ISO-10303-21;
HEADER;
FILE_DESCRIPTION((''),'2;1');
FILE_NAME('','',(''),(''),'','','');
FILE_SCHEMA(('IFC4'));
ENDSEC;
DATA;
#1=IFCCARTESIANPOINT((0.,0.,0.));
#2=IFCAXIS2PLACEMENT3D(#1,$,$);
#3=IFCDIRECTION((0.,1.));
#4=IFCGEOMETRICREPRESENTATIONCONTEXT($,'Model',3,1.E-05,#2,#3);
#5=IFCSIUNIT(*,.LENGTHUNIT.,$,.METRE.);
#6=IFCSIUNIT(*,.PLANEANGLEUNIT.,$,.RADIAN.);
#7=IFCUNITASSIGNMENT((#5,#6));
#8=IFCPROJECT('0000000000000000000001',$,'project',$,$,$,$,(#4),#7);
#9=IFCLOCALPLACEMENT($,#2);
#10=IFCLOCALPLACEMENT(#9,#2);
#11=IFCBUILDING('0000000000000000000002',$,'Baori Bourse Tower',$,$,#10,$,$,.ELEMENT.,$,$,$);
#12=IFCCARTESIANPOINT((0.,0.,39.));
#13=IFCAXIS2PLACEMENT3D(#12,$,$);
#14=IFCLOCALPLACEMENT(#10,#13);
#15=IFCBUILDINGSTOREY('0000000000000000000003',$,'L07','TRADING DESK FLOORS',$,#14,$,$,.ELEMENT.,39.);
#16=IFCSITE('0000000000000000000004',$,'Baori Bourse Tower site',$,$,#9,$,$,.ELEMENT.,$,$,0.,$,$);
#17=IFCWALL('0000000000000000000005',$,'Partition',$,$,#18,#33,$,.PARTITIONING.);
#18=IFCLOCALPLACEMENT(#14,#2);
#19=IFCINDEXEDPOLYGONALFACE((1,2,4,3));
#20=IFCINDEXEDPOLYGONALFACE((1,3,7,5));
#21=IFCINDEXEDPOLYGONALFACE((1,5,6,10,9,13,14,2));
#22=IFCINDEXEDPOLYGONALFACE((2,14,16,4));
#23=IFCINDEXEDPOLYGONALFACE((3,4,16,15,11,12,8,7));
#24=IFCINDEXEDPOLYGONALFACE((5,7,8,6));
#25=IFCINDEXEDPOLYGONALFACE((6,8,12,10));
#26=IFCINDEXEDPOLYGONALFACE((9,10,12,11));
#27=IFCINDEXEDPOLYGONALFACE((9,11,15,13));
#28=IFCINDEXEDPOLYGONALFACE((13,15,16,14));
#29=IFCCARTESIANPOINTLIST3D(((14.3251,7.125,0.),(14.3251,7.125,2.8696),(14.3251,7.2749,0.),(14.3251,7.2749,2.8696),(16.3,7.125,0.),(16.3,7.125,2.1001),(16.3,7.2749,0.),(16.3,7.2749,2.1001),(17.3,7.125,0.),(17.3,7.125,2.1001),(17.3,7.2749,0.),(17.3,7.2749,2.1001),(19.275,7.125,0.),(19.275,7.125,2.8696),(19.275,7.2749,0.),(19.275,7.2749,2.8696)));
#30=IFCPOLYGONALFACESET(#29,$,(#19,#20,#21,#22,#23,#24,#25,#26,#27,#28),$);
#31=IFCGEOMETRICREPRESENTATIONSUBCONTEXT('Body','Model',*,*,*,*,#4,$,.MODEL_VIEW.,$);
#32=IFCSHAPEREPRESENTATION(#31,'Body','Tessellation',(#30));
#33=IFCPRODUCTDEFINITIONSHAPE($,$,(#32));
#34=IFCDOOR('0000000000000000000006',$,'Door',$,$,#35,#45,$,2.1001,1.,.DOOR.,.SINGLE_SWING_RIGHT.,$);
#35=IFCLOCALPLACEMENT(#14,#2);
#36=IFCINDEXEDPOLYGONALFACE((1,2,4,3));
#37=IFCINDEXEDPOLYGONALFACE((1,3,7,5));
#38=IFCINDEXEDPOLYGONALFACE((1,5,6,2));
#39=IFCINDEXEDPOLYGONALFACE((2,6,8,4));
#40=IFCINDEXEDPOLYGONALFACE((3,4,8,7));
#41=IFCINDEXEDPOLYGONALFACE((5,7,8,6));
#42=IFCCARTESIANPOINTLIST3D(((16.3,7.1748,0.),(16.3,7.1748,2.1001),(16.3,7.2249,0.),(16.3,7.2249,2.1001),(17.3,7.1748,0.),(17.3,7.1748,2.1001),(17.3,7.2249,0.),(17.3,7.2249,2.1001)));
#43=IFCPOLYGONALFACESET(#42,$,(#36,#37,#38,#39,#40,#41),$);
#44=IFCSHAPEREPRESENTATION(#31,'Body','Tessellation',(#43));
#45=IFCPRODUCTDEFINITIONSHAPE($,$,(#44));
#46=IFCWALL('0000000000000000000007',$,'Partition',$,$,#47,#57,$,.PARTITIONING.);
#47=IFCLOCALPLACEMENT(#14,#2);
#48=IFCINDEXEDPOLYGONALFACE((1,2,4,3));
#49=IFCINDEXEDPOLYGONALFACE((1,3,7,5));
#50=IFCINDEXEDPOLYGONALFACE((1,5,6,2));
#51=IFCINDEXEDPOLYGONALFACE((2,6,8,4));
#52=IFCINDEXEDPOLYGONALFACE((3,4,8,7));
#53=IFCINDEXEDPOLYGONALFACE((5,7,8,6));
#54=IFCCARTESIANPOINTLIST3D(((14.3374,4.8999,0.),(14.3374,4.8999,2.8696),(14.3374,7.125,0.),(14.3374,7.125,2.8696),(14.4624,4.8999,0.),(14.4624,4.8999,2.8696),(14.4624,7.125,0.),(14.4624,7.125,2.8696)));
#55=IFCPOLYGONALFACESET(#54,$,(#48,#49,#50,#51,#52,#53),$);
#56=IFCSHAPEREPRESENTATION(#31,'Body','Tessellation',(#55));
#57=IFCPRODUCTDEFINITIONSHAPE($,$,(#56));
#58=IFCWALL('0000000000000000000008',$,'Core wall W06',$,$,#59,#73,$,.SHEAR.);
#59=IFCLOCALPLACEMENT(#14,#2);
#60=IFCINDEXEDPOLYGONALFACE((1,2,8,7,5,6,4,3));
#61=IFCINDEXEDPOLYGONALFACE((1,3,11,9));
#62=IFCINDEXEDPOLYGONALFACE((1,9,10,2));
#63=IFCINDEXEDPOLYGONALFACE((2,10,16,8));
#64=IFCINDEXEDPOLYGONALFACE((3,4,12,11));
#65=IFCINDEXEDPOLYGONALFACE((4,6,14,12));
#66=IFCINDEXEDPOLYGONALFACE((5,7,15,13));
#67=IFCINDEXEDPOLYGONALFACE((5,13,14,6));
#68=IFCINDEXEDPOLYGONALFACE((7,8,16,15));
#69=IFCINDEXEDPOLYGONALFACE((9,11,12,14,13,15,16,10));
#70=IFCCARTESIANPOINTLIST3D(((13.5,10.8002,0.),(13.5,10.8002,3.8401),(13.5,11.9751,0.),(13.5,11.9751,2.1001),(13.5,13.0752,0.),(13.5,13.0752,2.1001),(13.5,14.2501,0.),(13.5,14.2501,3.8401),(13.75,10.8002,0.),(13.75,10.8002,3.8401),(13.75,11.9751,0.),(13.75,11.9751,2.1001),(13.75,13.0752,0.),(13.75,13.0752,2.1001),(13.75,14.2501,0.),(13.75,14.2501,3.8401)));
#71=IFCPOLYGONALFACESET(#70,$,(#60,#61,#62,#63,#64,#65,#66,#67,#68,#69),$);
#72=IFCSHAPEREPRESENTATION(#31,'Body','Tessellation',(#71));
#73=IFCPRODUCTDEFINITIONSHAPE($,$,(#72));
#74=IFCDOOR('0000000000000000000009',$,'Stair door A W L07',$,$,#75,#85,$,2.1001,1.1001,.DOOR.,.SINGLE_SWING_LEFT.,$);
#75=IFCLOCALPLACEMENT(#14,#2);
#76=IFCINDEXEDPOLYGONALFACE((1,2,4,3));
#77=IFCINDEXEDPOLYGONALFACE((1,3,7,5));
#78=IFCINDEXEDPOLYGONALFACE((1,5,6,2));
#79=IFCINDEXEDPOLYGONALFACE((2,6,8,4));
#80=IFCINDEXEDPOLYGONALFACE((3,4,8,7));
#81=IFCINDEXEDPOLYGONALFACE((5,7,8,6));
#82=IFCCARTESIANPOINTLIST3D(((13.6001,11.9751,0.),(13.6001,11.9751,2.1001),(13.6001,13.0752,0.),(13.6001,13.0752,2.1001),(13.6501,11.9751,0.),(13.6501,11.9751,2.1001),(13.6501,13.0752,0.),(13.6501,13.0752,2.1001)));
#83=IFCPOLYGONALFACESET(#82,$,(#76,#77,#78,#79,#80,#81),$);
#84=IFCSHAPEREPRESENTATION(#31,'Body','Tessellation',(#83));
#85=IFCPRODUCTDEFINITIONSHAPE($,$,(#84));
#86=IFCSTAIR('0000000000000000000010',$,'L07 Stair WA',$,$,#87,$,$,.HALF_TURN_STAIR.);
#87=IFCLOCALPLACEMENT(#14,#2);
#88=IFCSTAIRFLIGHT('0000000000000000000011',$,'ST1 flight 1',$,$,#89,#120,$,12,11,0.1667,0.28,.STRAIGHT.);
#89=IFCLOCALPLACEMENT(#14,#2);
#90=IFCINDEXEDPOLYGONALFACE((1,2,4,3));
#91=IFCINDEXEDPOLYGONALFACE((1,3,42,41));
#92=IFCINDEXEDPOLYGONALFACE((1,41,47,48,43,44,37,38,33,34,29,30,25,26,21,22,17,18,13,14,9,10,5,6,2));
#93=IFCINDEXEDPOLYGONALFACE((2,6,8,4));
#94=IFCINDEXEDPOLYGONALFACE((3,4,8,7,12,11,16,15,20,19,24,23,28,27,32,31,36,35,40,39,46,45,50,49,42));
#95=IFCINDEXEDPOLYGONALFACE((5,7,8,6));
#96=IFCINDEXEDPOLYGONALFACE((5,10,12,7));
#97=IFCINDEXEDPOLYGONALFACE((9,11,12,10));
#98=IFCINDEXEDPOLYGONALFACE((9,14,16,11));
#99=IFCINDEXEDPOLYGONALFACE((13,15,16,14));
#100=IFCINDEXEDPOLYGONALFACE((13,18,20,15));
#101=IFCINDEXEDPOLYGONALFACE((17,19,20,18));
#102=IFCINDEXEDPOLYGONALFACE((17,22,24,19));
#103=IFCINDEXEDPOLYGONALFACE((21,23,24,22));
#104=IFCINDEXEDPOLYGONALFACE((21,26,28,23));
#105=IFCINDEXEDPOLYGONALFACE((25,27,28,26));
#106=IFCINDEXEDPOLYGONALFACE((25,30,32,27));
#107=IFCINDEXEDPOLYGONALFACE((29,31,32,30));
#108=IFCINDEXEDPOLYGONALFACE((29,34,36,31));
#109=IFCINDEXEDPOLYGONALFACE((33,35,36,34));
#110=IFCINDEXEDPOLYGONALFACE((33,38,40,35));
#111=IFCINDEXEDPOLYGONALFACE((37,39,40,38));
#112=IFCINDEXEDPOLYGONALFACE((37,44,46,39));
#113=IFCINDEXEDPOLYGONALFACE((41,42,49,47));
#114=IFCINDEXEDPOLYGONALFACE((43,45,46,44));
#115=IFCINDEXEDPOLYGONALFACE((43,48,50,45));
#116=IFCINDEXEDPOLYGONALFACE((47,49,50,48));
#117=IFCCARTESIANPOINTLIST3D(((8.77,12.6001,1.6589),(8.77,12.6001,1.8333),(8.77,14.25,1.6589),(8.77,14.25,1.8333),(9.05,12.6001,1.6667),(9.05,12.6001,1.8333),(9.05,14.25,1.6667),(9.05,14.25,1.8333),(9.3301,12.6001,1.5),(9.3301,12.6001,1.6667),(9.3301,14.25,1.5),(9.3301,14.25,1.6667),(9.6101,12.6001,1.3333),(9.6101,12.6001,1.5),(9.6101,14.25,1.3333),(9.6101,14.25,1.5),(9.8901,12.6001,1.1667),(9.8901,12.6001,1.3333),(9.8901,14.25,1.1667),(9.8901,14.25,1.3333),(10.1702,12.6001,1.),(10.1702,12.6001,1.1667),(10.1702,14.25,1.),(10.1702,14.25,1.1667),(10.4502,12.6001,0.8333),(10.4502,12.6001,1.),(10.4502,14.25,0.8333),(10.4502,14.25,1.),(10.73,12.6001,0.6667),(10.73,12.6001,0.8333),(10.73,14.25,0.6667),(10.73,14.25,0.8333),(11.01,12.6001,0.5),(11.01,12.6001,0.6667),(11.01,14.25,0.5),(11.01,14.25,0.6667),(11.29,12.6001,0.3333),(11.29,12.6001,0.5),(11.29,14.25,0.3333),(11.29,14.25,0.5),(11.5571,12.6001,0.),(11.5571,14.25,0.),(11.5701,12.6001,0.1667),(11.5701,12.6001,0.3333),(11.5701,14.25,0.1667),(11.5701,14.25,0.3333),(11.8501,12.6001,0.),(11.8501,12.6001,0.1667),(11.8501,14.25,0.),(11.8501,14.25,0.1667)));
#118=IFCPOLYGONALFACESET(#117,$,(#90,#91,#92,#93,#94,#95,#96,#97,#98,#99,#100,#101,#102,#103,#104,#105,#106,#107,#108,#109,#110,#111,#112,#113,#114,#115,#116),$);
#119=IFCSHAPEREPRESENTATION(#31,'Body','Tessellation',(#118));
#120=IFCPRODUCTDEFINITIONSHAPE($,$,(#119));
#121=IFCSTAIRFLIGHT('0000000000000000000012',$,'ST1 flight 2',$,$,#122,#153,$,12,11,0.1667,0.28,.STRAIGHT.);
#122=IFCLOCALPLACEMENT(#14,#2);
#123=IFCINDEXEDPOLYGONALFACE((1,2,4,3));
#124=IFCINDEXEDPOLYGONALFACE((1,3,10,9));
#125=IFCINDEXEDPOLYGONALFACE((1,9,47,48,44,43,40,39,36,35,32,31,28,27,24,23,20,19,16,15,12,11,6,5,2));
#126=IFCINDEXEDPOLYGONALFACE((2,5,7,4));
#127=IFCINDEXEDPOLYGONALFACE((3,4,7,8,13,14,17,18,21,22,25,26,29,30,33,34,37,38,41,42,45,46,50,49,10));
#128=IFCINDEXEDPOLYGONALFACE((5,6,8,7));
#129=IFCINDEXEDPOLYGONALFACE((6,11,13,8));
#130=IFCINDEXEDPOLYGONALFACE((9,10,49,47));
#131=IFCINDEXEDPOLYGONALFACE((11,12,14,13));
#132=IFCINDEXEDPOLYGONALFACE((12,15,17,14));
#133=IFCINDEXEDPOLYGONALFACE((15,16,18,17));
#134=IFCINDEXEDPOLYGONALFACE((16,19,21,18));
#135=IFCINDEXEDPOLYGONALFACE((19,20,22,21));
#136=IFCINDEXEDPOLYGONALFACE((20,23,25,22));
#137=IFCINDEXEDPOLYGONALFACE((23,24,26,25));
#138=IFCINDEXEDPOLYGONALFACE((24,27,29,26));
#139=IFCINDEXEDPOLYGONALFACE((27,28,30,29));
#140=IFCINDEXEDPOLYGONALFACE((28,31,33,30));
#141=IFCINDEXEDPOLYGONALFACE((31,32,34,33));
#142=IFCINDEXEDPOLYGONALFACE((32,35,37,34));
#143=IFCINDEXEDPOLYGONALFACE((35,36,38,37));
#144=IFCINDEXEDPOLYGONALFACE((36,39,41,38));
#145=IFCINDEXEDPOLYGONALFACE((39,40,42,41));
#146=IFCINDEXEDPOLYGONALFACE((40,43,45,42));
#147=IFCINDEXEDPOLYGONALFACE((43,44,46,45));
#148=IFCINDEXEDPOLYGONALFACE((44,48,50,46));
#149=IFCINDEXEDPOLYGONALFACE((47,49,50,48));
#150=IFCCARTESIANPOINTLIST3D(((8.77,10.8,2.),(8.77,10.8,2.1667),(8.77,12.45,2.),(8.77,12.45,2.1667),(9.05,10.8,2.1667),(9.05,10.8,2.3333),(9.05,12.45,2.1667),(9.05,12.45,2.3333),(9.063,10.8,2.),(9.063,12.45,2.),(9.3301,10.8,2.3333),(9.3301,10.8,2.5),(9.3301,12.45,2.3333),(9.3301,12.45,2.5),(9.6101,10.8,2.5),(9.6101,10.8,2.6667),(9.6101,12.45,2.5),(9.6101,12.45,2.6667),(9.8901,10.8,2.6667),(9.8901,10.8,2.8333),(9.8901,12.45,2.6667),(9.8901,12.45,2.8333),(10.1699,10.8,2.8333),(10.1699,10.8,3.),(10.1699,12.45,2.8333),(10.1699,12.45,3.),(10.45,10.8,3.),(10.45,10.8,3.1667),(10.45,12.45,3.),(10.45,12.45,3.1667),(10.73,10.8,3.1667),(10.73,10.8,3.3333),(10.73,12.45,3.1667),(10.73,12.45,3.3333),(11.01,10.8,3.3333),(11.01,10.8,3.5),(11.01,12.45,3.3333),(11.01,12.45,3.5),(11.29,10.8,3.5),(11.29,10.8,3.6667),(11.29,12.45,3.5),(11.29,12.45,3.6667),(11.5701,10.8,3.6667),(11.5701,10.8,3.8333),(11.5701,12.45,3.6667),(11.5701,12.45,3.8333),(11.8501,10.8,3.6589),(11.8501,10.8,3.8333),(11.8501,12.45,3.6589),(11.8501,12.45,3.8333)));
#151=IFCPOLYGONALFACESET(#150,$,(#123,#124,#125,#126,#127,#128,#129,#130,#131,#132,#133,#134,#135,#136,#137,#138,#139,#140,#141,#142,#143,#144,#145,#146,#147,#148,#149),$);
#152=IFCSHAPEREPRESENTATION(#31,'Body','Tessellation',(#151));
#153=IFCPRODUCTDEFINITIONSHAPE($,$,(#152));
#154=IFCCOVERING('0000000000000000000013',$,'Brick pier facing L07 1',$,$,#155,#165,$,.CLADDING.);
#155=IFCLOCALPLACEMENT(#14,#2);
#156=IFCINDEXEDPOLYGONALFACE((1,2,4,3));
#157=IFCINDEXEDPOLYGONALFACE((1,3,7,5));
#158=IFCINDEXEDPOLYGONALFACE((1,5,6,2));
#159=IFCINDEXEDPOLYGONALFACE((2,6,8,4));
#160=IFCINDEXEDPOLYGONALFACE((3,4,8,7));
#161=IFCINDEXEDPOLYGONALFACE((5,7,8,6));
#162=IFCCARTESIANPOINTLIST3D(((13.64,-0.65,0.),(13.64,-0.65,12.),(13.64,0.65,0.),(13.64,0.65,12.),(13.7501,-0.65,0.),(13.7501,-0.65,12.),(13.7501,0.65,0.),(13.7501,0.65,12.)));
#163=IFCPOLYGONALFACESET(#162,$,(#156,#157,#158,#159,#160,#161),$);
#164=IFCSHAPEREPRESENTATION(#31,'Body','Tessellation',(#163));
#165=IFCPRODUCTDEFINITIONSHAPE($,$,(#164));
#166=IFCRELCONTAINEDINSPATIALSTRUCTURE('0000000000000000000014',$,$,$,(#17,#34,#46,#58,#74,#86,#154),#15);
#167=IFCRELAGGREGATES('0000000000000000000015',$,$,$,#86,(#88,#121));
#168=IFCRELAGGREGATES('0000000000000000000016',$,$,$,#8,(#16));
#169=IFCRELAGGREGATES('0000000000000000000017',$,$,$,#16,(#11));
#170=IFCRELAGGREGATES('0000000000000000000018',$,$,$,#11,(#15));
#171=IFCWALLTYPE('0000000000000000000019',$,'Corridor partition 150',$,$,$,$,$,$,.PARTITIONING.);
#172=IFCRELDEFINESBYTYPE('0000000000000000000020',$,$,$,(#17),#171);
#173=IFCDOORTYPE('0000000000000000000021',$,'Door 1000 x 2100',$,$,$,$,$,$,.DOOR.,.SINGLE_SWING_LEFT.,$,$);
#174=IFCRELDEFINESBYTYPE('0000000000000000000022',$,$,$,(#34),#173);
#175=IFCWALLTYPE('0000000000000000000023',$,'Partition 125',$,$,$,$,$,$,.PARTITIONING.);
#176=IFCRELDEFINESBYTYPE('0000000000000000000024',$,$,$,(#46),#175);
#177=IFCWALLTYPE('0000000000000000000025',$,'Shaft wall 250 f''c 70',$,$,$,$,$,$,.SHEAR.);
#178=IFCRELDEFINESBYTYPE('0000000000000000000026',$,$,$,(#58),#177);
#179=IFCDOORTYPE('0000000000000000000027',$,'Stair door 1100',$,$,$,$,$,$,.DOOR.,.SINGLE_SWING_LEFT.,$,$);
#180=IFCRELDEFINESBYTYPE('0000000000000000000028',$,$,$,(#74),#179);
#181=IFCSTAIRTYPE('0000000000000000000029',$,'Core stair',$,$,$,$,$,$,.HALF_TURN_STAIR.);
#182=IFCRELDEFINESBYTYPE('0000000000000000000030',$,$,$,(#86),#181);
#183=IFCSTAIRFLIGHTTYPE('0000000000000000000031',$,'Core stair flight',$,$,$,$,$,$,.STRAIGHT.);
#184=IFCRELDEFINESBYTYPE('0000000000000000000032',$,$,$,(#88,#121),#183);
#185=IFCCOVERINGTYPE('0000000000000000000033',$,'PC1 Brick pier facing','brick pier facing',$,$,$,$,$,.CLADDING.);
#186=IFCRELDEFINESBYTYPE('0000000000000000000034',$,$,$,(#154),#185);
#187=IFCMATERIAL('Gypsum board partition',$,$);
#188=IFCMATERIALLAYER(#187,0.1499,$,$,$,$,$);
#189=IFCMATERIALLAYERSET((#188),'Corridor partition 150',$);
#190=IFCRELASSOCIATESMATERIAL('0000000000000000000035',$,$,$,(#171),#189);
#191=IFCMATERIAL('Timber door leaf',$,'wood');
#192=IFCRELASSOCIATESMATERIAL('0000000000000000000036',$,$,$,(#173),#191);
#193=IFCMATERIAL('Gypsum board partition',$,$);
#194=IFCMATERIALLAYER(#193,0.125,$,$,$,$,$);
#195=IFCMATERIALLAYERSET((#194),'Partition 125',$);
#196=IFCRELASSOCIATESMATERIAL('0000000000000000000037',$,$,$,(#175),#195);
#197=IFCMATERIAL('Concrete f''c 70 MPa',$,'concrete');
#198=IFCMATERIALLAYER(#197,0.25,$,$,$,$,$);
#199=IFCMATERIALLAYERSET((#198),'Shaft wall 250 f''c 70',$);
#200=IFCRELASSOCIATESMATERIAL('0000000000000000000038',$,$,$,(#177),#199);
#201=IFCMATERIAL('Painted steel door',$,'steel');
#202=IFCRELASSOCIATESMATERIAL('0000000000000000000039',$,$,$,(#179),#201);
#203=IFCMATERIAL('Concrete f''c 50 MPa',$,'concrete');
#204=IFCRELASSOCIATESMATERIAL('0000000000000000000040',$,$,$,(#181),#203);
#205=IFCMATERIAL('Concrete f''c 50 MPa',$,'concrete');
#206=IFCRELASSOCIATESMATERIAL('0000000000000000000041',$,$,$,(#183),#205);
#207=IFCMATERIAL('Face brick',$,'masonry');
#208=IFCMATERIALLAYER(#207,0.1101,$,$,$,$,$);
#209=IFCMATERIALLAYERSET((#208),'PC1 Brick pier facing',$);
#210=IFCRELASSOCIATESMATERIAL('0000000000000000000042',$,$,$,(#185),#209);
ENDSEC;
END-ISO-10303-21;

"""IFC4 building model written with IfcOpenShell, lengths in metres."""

from ifc_helpers import new_model, si_unit, direction, frame, frame_2d, origin, origin_2d, place, context, subcontext, project, spatial, polyline, rectangle, outline, extrude, material, layer, layer_set, type_object, element, fill, aggregate, save


model = new_model("IFC4")

# Units and contexts
model_context = context("Model", 3, precision=1e-05, world=origin(), true_north=direction((0.0, 1.0)))
body_context = subcontext(model_context, "Body", "Model", "MODEL_VIEW")
ifc_project = project(units=[si_unit("LENGTHUNIT", "METRE"), si_unit("PLANEANGLEUNIT", "RADIAN")], contexts=[model_context])

# Site, building, storey
site_placement = place(None, origin())
site = spatial("IfcSite", under=ifc_project, at=site_placement, Name="Baori Bourse Tower site", CompositionType="ELEMENT", RefElevation=0.0)
building_placement = place(site_placement, origin())
building = spatial("IfcBuilding", under=site, at=building_placement, Name="Baori Bourse Tower", CompositionType="ELEMENT")
storey_placement = place(building_placement, frame((0.0, 0.0, 39.0)))
storey = spatial("IfcBuildingStorey", under=building, at=storey_placement, Name="L07", Description="TRADING DESK FLOORS", CompositionType="ELEMENT", Elevation=39.0)

# Wall, opening, door
ifc_material_1 = material(Name="Gypsum board partition")
ifc_layer_1 = layer(ifc_material_1, 0.1499)
ifc_layer_set_1 = layer_set([ifc_layer_1], Name="Corridor partition 150")
wall_type_1 = type_object("IfcWallType", Name="Corridor partition 150", PredefinedType="PARTITIONING", material=ifc_layer_set_1)
wall_1_placement = place(storey_placement, frame((14.325, 7.2, 0.0), z_axis=(0.0, 0.0, 1.0), x_axis=(1.0, 0.0, 0.0)))
wall_1 = element("IfcWall", 1, at=wall_1_placement, inside=storey, type_object=wall_type_1, Name="Partition", PredefinedType="PARTITIONING", context=body_context, shape_type="SweptSolid", body=[
    extrude(rectangle(XDim=4.95, YDim=0.1499, at=frame_2d((2.4751, 0.0))), origin(), (0.0, 0.0, 1.0), 2.8696),
])
opening_1_placement = place(wall_1_placement, frame((1.9751, 0.0, 0.0)))
opening_1 = element("IfcOpeningElement", 2, at=opening_1_placement, cuts=wall_1, PredefinedType="OPENING", context=body_context, shape_type="SweptSolid", body=[
    extrude(rectangle(XDim=1.0, YDim=2.1001, at=frame_2d((0.5, 1.05))), frame((0.0, 0.085, 0.0), z_axis=(0.0, -1.0, 0.0), x_axis=(1.0, 0.0, 0.0)), (0.0, 0.0, 1.0), 0.1699),
])
ifc_material_2 = material(Name="Timber door leaf", Category="wood")
door_type_1 = type_object("IfcDoorType", Name="Door 1000 x 2100", OperationType="SINGLE_SWING_LEFT", PredefinedType="DOOR", material=ifc_material_2)
door_1_placement = place(opening_1_placement, origin())
door_1 = element("IfcDoor", 3, at=door_1_placement, inside=storey, type_object=door_type_1, Name="Door", OperationType="SINGLE_SWING_RIGHT", OverallHeight=2.1001, OverallWidth=1.0, PredefinedType="DOOR", context=body_context, shape_type="SweptSolid", body=[
    extrude(rectangle(XDim=1.0, YDim=2.1001, at=frame_2d((0.5, 1.05))), frame((0.0, 0.0249, 0.0), z_axis=(0.0, -1.0, 0.0), x_axis=(1.0, 0.0, 0.0)), (0.0, 0.0, 1.0), 0.05),
])
fill(opening_1, door_1)

# Wall
ifc_material_3 = material(Name="Gypsum board partition")
ifc_layer_2 = layer(ifc_material_3, 0.125)
ifc_layer_set_2 = layer_set([ifc_layer_2], Name="Partition 125")
wall_type_2 = type_object("IfcWallType", Name="Partition 125", PredefinedType="PARTITIONING", material=ifc_layer_set_2)
wall_2_placement = place(storey_placement, frame((14.3999, 4.8999, 0.0), z_axis=(0.0, 0.0, 1.0), x_axis=(0.0, 1.0, 0.0)))
element("IfcWall", 4, at=wall_2_placement, inside=storey, type_object=wall_type_2, Name="Partition", PredefinedType="PARTITIONING", context=body_context, shape_type="SweptSolid", body=[
    extrude(rectangle(XDim=2.2251, YDim=0.125, at=frame_2d((1.1125, 0.0))), origin(), (0.0, 0.0, 1.0), 2.8696),
])

# Wall, opening, door
ifc_material_4 = material(Name="Concrete f'c 70 MPa", Category="concrete")
ifc_layer_3 = layer(ifc_material_4, 0.25)
ifc_layer_set_3 = layer_set([ifc_layer_3], Name="Shaft wall 250 f'c 70")
wall_type_3 = type_object("IfcWallType", Name="Shaft wall 250 f'c 70", PredefinedType="SHEAR", material=ifc_layer_set_3)
wall_3_placement = place(storey_placement, frame((13.625, 10.8, 0.0), z_axis=(0.0, 0.0, 1.0), x_axis=(0.0, 1.0, 0.0)))
wall_3 = element("IfcWall", 5, at=wall_3_placement, inside=storey, type_object=wall_type_3, Name="Core wall W06", PredefinedType="SHEAR", context=body_context, shape_type="SweptSolid", body=[
    extrude(rectangle(XDim=3.45, YDim=0.25, at=frame_2d((1.7251, 0.0))), origin(), (0.0, 0.0, 1.0), 3.8401),
])
opening_2_placement = place(wall_3_placement, frame((1.175, 0.0, 0.0)))
opening_2 = element("IfcOpeningElement", 6, at=opening_2_placement, cuts=wall_3, PredefinedType="OPENING", context=body_context, shape_type="SweptSolid", body=[
    extrude(rectangle(XDim=1.1001, YDim=2.1001, at=frame_2d((0.55, 1.05))), frame((0.0, 0.135, 0.0), z_axis=(0.0, -1.0, 0.0), x_axis=(1.0, 0.0, 0.0)), (0.0, 0.0, 1.0), 0.27),
])
ifc_material_5 = material(Name="Painted steel door", Category="steel")
door_type_2 = type_object("IfcDoorType", Name="Stair door 1100", OperationType="SINGLE_SWING_LEFT", PredefinedType="DOOR", material=ifc_material_5)
door_2_placement = place(opening_2_placement, origin())
door_2 = element("IfcDoor", 7, at=door_2_placement, inside=storey, type_object=door_type_2, Name="Stair door A W L07", OperationType="SINGLE_SWING_LEFT", OverallHeight=2.1001, OverallWidth=1.1001, PredefinedType="DOOR", context=body_context, shape_type="SweptSolid", body=[
    extrude(rectangle(XDim=1.1001, YDim=2.1001, at=frame_2d((0.55, 1.05))), frame((0.0, 0.0249, 0.0), z_axis=(0.0, -1.0, 0.0), x_axis=(1.0, 0.0, 0.0)), (0.0, 0.0, 1.0), 0.05),
])
fill(opening_2, door_2)

# Stair, stair flights
ifc_material_6 = material(Name="Concrete f'c 50 MPa", Category="concrete")
stair_type = type_object("IfcStairType", Name="Core stair", PredefinedType="HALF_TURN_STAIR", material=ifc_material_6)
stair_placement = place(storey_placement, origin())
stair = element("IfcStair", 8, at=stair_placement, inside=storey, type_object=stair_type, Name="L07 Stair WA", PredefinedType="HALF_TURN_STAIR")
ifc_material_7 = material(Name="Concrete f'c 50 MPa", Category="concrete")
stair_flight_type = type_object("IfcStairFlightType", Name="Core stair flight", PredefinedType="STRAIGHT", material=ifc_material_7)
stair_flight_1_placement = place(storey_placement, frame((11.8501, 13.425, 0.0), z_axis=(0.0, 0.0, 1.0), x_axis=(-1.0, 0.0, 0.0)))
stair_flight_1 = element("IfcStairFlight", 9, at=stair_flight_1_placement, type_object=stair_flight_type, Name="ST1 flight 1", NumberOfRisers=12, NumberOfTreads=11, PredefinedType="STRAIGHT", RiserHeight=0.1667, TreadLength=0.28, context=body_context, shape_type="SweptSolid", body=[
    extrude(outline(polyline([(0.0, 0.0), (0.0, 0.1667), (0.28, 0.1667), (0.28, 0.3333), (0.5601, 0.3333), (0.5601, 0.5), (0.8401, 0.5), (0.8401, 0.6667), (1.1201, 0.6667), (1.1201, 0.8333), (1.3999, 0.8333), (1.3999, 1.0), (1.6799, 1.0), (1.6799, 1.1667), (1.96, 1.1667), (1.96, 1.3333), (2.24, 1.3333), (2.24, 1.5), (2.52, 1.5), (2.52, 1.6667), (2.8, 1.6667), (2.8, 1.8333), (3.0801, 1.8333), (3.0801, 2.0), (3.0801, 1.6589), (0.293, 0.0), (0.0, 0.0)])), frame((0.0, 0.825, 0.0), z_axis=(0.0, -1.0, 0.0), x_axis=(1.0, 0.0, 0.0)), (0.0, 0.0, 1.0), 1.6499),
])
stair_flight_2_placement = place(storey_placement, frame((8.77, 11.625, 2.0), z_axis=(0.0, 0.0, 1.0), x_axis=(1.0, 0.0, 0.0)))
stair_flight_2 = element("IfcStairFlight", 10, at=stair_flight_2_placement, type_object=stair_flight_type, Name="ST1 flight 2", NumberOfRisers=12, NumberOfTreads=11, PredefinedType="STRAIGHT", RiserHeight=0.1667, TreadLength=0.28, context=body_context, shape_type="SweptSolid", body=[
    extrude(outline(polyline([(0.0, 0.0), (0.0, 0.1667), (0.28, 0.1667), (0.28, 0.3333), (0.5601, 0.3333), (0.5601, 0.5), (0.8401, 0.5), (0.8401, 0.6667), (1.1201, 0.6667), (1.1201, 0.8333), (1.3999, 0.8333), (1.3999, 1.0), (1.6799, 1.0), (1.6799, 1.1667), (1.96, 1.1667), (1.96, 1.3333), (2.24, 1.3333), (2.24, 1.5), (2.52, 1.5), (2.52, 1.6667), (2.8, 1.6667), (2.8, 1.8333), (3.0801, 1.8333), (3.0801, 2.0), (3.0801, 1.6589), (0.293, 0.0), (0.0, 0.0)])), frame((0.0, 0.825, 0.0), z_axis=(0.0, -1.0, 0.0), x_axis=(1.0, 0.0, 0.0)), (0.0, 0.0, 1.0), 1.6499),
])
aggregate(stair, [stair_flight_1, stair_flight_2])

# Covering
ifc_material_8 = material(Name="Face brick", Category="masonry")
ifc_layer_4 = layer(ifc_material_8, 0.1101)
ifc_layer_set_4 = layer_set([ifc_layer_4], Name="PC1 Brick pier facing")
covering_type = type_object("IfcCoveringType", Name="PC1 Brick pier facing", Description="brick pier facing", PredefinedType="CLADDING", material=ifc_layer_set_4)
covering_placement = place(storey_placement, frame((13.6951, 0.0, 0.0), z_axis=(0.0, 0.0, 1.0), x_axis=(1.0, 0.0, 0.0)))
element("IfcCovering", 11, at=covering_placement, inside=storey, type_object=covering_type, Name="Brick pier facing L07 1", PredefinedType="CLADDING", context=body_context, shape_type="SweptSolid", body=[
    extrude(rectangle(XDim=0.1101, YDim=1.3, at=origin_2d()), origin(), (0.0, 0.0, 1.0), 12.0),
])

save(model, "model.ifc")
